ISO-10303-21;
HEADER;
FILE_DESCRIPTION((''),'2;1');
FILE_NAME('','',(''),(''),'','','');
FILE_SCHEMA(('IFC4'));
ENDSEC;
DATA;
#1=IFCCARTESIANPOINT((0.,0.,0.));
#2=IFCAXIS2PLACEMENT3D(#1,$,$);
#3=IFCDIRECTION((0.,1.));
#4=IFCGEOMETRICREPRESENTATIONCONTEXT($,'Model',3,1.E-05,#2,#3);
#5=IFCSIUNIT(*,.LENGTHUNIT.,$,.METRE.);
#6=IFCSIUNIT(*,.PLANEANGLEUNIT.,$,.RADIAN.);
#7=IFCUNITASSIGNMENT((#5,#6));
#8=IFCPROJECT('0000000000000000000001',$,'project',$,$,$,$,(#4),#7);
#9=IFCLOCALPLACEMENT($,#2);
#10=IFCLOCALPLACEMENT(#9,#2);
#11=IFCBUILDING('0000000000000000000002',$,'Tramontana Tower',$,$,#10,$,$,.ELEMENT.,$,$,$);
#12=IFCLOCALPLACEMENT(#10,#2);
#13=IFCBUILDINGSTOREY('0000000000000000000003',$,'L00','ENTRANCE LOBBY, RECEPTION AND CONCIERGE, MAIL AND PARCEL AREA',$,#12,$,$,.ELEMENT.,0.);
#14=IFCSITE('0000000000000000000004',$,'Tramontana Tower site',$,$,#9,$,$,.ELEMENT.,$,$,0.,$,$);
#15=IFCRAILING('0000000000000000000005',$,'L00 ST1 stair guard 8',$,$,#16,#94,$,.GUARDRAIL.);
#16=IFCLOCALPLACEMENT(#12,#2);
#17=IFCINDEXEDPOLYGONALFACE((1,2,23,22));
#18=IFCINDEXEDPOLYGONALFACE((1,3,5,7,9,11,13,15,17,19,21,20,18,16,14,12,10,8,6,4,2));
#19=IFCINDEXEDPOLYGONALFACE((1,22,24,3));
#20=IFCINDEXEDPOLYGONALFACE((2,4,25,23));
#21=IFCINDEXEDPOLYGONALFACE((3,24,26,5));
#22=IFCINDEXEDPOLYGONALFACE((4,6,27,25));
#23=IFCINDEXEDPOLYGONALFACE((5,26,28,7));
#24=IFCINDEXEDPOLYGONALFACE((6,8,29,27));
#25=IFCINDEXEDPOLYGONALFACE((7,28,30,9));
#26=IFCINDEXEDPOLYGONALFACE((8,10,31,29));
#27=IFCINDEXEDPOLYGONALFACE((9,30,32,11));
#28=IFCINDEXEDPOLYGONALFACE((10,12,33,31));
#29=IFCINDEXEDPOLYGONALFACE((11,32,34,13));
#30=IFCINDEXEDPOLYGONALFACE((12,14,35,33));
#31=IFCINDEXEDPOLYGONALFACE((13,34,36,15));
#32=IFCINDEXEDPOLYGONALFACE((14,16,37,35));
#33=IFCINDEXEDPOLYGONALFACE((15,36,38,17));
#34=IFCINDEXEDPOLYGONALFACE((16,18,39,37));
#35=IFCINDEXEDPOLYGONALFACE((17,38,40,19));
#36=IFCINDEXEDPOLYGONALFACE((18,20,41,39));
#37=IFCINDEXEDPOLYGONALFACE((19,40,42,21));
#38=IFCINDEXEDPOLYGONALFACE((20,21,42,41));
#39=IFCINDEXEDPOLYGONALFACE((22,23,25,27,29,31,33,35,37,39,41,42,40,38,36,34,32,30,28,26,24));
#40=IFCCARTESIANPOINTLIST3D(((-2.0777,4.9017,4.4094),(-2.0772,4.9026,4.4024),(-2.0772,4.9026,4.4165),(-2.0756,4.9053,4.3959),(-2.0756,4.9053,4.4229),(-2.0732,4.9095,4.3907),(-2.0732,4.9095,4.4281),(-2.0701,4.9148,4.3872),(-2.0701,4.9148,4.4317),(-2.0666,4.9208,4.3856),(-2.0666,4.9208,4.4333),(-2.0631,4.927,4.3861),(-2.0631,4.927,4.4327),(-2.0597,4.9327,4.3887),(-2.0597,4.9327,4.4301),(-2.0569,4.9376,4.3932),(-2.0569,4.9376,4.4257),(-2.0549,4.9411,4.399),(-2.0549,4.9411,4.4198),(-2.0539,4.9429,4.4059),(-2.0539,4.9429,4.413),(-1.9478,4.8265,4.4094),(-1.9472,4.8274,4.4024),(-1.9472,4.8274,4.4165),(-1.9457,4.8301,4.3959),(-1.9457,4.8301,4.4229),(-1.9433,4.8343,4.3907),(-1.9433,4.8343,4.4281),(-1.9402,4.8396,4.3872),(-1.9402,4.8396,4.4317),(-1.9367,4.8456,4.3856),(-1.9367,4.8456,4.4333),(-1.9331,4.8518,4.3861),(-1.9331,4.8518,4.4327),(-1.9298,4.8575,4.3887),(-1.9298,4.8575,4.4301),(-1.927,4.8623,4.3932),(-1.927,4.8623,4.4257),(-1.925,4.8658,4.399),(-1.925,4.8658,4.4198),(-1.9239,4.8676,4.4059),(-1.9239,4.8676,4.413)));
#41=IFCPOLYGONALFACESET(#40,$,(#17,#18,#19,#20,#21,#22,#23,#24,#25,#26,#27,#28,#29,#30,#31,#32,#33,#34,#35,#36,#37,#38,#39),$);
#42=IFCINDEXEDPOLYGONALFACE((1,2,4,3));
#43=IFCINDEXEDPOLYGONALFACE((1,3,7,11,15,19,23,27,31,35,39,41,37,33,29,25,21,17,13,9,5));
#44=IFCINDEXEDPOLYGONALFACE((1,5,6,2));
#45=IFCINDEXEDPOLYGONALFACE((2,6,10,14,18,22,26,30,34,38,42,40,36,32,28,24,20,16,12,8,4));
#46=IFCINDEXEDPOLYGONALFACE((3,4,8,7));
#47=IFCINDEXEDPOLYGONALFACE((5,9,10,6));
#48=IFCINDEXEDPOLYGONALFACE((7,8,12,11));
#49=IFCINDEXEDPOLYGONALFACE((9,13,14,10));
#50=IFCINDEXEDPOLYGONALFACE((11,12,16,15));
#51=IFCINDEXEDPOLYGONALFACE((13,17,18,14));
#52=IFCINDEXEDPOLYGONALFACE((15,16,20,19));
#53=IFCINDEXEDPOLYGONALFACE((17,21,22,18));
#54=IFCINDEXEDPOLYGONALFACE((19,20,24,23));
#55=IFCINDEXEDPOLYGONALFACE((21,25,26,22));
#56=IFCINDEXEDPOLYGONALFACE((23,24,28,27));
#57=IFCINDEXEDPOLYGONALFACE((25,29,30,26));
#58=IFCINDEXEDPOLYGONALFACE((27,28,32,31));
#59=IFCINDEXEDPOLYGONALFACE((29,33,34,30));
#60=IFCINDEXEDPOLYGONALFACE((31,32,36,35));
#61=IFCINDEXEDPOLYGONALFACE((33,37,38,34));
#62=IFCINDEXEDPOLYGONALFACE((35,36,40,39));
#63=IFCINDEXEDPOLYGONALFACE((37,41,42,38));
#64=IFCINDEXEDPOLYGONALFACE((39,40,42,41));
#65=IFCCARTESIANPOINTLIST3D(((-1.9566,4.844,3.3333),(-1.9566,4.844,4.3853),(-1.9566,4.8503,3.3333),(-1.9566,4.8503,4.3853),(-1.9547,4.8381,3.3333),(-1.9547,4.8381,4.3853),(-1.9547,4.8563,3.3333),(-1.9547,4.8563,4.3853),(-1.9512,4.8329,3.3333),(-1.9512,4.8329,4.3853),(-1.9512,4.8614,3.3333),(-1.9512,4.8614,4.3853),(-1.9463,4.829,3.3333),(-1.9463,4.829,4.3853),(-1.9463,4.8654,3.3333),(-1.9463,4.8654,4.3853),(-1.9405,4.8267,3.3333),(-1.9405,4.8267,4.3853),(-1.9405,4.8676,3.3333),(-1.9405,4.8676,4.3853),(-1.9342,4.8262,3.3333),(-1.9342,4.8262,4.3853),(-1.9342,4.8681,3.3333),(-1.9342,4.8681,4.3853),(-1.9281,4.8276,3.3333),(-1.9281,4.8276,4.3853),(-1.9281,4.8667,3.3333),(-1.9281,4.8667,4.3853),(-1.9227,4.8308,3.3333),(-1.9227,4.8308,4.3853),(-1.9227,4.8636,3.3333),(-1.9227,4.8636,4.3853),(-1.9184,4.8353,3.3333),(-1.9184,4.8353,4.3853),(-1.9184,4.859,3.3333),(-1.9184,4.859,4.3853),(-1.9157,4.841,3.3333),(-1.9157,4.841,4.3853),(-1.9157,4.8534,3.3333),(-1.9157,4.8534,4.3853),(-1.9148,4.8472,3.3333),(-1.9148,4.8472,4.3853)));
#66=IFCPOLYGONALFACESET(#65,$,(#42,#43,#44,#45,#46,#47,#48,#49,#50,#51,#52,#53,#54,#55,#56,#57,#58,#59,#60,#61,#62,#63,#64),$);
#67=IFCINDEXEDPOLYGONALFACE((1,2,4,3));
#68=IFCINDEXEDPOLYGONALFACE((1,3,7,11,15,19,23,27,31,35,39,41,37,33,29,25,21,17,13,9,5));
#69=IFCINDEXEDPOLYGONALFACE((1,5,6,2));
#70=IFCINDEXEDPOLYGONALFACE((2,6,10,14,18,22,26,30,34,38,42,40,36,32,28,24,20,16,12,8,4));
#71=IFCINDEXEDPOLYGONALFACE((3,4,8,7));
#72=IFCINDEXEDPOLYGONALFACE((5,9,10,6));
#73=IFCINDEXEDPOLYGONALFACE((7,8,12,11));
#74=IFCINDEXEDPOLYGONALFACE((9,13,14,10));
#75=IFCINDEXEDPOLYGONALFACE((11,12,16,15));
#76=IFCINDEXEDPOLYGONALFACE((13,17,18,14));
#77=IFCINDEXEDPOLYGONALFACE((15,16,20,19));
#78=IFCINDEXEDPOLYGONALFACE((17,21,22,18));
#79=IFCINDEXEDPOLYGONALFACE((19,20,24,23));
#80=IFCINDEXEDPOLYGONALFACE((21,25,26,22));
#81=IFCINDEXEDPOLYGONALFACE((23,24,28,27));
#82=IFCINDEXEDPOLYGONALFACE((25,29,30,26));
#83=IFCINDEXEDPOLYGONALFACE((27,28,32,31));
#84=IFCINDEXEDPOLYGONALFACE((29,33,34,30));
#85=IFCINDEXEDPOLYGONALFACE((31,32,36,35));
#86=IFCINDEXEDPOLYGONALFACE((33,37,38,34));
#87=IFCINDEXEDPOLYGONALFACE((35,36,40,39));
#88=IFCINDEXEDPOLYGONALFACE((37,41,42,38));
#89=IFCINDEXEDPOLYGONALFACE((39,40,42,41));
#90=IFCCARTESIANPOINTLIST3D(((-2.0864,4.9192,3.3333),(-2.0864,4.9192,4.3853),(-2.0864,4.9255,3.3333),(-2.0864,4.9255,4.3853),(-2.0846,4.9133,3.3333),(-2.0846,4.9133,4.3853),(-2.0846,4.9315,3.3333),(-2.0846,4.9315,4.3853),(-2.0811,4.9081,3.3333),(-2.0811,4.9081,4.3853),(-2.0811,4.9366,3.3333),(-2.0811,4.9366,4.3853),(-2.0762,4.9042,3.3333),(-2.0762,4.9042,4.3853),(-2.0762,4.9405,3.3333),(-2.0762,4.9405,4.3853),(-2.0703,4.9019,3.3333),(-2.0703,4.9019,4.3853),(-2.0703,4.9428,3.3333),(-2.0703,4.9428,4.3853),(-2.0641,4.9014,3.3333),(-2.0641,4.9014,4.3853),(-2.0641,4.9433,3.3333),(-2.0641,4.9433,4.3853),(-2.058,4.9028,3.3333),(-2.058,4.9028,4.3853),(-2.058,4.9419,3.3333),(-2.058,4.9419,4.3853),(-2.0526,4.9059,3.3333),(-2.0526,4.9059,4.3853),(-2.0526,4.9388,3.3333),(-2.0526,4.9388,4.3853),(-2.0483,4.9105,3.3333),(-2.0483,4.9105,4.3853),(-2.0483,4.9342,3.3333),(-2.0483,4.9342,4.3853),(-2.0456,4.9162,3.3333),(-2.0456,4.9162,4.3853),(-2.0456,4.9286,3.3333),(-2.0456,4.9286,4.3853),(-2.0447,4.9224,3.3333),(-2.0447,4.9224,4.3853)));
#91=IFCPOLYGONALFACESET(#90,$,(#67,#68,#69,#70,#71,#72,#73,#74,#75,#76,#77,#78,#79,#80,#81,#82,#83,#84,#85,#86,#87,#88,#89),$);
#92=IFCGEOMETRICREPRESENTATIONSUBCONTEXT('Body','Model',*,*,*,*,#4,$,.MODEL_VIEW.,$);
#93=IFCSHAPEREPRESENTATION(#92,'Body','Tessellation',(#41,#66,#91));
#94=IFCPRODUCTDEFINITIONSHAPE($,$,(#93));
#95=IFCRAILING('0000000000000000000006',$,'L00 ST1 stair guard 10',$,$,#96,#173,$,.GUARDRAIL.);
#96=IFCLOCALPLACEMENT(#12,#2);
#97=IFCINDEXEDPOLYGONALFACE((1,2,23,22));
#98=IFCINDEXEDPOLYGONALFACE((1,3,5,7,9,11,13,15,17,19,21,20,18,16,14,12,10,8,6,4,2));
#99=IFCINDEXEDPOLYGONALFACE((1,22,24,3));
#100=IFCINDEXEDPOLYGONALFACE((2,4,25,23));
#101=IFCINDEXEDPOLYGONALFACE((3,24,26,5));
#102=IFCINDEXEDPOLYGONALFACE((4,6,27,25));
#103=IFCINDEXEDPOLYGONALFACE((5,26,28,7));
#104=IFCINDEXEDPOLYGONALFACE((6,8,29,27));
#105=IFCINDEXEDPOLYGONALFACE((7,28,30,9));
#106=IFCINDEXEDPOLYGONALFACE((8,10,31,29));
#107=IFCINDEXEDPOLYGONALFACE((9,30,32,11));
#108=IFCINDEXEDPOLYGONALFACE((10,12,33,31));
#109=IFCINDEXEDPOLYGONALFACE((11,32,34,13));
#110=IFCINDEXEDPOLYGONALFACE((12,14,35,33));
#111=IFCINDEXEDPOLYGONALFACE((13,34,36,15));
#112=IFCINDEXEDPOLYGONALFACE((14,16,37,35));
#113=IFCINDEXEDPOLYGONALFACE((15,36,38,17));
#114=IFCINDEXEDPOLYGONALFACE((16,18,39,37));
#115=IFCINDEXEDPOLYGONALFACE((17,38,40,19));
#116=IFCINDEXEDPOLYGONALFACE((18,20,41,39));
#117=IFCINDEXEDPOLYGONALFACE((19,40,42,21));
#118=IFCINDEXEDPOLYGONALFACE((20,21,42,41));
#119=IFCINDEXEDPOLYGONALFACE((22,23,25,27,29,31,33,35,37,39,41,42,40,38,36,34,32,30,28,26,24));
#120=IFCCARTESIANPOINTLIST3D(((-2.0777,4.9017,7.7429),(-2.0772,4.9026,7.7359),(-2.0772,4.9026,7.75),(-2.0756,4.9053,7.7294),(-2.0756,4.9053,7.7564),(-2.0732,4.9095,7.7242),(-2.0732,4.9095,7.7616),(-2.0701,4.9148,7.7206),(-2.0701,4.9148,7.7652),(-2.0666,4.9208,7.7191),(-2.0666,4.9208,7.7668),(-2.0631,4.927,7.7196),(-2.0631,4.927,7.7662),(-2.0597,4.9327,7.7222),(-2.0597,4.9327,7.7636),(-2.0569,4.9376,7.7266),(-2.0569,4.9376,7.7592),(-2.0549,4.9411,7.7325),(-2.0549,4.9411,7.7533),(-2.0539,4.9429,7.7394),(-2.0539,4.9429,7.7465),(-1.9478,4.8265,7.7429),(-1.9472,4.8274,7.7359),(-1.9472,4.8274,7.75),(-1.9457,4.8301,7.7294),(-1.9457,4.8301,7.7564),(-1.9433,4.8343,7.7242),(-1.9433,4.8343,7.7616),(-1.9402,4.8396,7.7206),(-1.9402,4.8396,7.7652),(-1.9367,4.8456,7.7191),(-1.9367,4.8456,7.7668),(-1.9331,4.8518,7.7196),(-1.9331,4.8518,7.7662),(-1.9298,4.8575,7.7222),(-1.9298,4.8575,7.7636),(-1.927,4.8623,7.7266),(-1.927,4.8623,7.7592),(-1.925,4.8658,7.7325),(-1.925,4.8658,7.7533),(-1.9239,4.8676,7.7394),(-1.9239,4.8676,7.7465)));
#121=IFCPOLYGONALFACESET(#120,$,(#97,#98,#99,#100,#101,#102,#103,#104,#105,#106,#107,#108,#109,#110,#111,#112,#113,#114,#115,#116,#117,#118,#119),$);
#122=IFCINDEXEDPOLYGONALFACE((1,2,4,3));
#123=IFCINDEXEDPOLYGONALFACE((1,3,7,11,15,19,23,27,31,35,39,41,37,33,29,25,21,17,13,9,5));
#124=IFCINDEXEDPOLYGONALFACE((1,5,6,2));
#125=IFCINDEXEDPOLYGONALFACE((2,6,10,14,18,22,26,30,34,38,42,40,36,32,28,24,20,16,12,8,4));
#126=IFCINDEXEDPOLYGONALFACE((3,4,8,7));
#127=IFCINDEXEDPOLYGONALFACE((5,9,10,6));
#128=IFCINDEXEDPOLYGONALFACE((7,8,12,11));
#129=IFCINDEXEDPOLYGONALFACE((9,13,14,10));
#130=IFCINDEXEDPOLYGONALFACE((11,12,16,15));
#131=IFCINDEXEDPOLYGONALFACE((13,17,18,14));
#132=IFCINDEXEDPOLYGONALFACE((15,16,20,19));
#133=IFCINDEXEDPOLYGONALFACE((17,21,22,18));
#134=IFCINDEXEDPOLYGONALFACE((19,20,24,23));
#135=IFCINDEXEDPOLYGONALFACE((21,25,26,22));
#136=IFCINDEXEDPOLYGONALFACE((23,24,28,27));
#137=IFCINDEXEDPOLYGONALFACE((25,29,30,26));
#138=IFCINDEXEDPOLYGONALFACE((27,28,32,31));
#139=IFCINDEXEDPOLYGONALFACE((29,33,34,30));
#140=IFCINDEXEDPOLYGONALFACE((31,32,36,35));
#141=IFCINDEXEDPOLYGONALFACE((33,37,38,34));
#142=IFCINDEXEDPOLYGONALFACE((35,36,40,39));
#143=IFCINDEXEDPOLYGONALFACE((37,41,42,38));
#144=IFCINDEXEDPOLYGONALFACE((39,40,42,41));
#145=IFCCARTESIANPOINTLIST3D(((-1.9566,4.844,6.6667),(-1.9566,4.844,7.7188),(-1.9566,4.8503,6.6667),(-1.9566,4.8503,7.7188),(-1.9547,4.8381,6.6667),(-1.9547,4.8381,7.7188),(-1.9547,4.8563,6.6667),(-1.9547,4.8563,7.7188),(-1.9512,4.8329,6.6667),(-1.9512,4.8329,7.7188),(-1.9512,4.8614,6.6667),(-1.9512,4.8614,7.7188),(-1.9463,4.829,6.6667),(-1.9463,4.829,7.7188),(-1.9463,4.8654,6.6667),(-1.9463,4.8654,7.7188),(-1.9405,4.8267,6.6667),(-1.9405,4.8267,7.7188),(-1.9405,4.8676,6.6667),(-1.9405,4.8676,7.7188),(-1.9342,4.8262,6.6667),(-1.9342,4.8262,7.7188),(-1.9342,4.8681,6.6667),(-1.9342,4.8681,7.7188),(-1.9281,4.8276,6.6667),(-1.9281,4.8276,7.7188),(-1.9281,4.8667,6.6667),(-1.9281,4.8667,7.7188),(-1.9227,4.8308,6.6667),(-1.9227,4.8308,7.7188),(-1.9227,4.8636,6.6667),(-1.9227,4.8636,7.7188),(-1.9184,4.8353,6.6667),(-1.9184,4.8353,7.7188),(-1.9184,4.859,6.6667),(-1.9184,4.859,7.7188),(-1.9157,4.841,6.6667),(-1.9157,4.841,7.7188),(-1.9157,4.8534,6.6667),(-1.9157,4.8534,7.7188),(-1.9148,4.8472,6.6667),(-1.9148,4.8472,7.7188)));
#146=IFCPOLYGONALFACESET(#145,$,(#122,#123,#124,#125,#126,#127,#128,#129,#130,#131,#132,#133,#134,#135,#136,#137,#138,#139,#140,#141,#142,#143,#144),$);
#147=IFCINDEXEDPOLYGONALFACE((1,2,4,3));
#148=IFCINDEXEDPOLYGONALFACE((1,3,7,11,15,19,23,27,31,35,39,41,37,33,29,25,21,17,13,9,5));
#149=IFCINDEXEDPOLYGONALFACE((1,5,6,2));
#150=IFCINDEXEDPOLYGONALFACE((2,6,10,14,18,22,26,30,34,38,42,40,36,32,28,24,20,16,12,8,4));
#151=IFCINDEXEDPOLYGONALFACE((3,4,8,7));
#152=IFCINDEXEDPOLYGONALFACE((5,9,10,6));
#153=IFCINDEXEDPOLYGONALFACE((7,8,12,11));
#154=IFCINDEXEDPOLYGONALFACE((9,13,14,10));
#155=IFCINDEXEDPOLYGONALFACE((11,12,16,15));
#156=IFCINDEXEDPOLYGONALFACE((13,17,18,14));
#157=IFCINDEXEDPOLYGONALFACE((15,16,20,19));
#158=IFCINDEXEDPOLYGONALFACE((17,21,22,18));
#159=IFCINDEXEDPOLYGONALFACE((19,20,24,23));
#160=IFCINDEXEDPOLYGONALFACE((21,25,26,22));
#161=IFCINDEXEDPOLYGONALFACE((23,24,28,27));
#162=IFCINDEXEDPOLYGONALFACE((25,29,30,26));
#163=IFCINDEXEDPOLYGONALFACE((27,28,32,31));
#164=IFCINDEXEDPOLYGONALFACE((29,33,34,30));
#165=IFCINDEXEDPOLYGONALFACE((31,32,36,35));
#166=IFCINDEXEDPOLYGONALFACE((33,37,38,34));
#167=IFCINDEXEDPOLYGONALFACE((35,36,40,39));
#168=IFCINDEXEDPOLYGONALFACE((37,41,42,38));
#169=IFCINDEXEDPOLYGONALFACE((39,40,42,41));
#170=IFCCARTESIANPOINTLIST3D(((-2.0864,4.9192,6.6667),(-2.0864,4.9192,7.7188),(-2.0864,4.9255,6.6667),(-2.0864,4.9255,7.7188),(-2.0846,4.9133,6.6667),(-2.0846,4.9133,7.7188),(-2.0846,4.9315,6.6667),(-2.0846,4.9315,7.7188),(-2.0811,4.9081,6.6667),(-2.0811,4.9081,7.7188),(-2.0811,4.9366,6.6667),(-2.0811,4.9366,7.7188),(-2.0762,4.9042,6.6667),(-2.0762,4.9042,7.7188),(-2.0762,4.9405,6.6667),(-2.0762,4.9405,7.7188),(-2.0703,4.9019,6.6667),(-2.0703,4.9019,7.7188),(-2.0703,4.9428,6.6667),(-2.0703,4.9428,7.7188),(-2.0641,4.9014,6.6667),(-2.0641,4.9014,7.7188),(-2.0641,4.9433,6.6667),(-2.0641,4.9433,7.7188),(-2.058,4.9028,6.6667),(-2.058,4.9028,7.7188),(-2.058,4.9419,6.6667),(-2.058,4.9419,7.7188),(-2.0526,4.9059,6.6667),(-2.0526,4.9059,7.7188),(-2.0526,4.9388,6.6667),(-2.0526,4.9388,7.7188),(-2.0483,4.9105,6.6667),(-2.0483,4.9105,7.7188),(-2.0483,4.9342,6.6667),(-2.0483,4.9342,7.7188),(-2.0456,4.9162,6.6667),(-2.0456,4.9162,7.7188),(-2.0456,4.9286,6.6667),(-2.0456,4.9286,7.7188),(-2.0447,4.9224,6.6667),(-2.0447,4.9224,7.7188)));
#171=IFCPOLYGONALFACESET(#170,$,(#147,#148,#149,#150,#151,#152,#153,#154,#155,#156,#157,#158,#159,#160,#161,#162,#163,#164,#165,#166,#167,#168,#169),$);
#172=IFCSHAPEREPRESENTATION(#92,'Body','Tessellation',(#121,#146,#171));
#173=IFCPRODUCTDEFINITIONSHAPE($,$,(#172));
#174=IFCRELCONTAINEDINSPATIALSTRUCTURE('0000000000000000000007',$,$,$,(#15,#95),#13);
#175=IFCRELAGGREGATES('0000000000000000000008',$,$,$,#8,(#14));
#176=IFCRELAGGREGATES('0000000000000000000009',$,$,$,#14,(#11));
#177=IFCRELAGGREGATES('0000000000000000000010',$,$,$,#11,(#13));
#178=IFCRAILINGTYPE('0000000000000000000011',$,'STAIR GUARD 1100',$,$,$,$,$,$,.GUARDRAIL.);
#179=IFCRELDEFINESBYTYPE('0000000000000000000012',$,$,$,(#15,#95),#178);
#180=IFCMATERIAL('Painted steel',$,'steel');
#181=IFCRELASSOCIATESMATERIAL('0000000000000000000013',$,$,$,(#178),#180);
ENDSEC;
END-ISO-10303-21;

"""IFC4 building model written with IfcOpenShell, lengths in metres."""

from ifc_helpers import new_model, si_unit, direction, frame, origin, origin_2d, place, context, subcontext, project, spatial, circle, extrude, material, type_object, element, save


model = new_model("IFC4")

# Units and contexts
model_context = context("Model", 3, precision=1e-05, world=origin(), true_north=direction((0.0, 1.0)))
body_context = subcontext(model_context, "Body", "Model", "MODEL_VIEW")
ifc_project = project(units=[si_unit("LENGTHUNIT", "METRE"), si_unit("PLANEANGLEUNIT", "RADIAN")], contexts=[model_context])

# Site, building, storey
site_placement = place(None, origin())
site = spatial("IfcSite", under=ifc_project, at=site_placement, Name="Tramontana Tower site", CompositionType="ELEMENT", RefElevation=0.0)
building_placement = place(site_placement, origin())
building = spatial("IfcBuilding", under=site, at=building_placement, Name="Tramontana Tower", CompositionType="ELEMENT")
storey_placement = place(building_placement, origin())
storey = spatial("IfcBuildingStorey", under=building, at=storey_placement, Name="L00", Description="ENTRANCE LOBBY, RECEPTION AND CONCIERGE, MAIL AND PARCEL AREA", CompositionType="ELEMENT", Elevation=0.0)

# Railings
ifc_material_1 = material(Name="Painted steel", Category="steel")
railing_type_1 = type_object("IfcRailingType", Name="STAIR GUARD 1100", PredefinedType="GUARDRAIL", material=ifc_material_1)
for number, where, name in (
    (1, (-1.9358, 4.8472, 3.3333), "L00 ST1 stair guard 8"),
    (2, (-1.9358, 4.8472, 6.6667), "L00 ST1 stair guard 10"),
):
    element("IfcRailing", number, at=place(storey_placement, frame(where)), inside=storey, type_object=railing_type_1, Name=name, PredefinedType="GUARDRAIL", context=body_context, shape_type="SweptSolid", body=[
        extrude(circle(Radius=0.0239, at=origin_2d()), frame((0.0, 0.0, 1.0762), z_axis=(-0.865426, 0.501036, 0.0), x_axis=(-0.501036, -0.865426, 0.0)), (0.0, 0.0, 1.0), 0.1501),
        extrude(circle(Radius=0.021, at=origin_2d()), origin(), (0.0, 0.0, 1.0), 1.052),
        extrude(circle(Radius=0.021, at=origin_2d()), frame((-0.1299, 0.0752, 0.0)), (0.0, 0.0, 1.0), 1.052),
    ])

save(model, "model.ifc")
